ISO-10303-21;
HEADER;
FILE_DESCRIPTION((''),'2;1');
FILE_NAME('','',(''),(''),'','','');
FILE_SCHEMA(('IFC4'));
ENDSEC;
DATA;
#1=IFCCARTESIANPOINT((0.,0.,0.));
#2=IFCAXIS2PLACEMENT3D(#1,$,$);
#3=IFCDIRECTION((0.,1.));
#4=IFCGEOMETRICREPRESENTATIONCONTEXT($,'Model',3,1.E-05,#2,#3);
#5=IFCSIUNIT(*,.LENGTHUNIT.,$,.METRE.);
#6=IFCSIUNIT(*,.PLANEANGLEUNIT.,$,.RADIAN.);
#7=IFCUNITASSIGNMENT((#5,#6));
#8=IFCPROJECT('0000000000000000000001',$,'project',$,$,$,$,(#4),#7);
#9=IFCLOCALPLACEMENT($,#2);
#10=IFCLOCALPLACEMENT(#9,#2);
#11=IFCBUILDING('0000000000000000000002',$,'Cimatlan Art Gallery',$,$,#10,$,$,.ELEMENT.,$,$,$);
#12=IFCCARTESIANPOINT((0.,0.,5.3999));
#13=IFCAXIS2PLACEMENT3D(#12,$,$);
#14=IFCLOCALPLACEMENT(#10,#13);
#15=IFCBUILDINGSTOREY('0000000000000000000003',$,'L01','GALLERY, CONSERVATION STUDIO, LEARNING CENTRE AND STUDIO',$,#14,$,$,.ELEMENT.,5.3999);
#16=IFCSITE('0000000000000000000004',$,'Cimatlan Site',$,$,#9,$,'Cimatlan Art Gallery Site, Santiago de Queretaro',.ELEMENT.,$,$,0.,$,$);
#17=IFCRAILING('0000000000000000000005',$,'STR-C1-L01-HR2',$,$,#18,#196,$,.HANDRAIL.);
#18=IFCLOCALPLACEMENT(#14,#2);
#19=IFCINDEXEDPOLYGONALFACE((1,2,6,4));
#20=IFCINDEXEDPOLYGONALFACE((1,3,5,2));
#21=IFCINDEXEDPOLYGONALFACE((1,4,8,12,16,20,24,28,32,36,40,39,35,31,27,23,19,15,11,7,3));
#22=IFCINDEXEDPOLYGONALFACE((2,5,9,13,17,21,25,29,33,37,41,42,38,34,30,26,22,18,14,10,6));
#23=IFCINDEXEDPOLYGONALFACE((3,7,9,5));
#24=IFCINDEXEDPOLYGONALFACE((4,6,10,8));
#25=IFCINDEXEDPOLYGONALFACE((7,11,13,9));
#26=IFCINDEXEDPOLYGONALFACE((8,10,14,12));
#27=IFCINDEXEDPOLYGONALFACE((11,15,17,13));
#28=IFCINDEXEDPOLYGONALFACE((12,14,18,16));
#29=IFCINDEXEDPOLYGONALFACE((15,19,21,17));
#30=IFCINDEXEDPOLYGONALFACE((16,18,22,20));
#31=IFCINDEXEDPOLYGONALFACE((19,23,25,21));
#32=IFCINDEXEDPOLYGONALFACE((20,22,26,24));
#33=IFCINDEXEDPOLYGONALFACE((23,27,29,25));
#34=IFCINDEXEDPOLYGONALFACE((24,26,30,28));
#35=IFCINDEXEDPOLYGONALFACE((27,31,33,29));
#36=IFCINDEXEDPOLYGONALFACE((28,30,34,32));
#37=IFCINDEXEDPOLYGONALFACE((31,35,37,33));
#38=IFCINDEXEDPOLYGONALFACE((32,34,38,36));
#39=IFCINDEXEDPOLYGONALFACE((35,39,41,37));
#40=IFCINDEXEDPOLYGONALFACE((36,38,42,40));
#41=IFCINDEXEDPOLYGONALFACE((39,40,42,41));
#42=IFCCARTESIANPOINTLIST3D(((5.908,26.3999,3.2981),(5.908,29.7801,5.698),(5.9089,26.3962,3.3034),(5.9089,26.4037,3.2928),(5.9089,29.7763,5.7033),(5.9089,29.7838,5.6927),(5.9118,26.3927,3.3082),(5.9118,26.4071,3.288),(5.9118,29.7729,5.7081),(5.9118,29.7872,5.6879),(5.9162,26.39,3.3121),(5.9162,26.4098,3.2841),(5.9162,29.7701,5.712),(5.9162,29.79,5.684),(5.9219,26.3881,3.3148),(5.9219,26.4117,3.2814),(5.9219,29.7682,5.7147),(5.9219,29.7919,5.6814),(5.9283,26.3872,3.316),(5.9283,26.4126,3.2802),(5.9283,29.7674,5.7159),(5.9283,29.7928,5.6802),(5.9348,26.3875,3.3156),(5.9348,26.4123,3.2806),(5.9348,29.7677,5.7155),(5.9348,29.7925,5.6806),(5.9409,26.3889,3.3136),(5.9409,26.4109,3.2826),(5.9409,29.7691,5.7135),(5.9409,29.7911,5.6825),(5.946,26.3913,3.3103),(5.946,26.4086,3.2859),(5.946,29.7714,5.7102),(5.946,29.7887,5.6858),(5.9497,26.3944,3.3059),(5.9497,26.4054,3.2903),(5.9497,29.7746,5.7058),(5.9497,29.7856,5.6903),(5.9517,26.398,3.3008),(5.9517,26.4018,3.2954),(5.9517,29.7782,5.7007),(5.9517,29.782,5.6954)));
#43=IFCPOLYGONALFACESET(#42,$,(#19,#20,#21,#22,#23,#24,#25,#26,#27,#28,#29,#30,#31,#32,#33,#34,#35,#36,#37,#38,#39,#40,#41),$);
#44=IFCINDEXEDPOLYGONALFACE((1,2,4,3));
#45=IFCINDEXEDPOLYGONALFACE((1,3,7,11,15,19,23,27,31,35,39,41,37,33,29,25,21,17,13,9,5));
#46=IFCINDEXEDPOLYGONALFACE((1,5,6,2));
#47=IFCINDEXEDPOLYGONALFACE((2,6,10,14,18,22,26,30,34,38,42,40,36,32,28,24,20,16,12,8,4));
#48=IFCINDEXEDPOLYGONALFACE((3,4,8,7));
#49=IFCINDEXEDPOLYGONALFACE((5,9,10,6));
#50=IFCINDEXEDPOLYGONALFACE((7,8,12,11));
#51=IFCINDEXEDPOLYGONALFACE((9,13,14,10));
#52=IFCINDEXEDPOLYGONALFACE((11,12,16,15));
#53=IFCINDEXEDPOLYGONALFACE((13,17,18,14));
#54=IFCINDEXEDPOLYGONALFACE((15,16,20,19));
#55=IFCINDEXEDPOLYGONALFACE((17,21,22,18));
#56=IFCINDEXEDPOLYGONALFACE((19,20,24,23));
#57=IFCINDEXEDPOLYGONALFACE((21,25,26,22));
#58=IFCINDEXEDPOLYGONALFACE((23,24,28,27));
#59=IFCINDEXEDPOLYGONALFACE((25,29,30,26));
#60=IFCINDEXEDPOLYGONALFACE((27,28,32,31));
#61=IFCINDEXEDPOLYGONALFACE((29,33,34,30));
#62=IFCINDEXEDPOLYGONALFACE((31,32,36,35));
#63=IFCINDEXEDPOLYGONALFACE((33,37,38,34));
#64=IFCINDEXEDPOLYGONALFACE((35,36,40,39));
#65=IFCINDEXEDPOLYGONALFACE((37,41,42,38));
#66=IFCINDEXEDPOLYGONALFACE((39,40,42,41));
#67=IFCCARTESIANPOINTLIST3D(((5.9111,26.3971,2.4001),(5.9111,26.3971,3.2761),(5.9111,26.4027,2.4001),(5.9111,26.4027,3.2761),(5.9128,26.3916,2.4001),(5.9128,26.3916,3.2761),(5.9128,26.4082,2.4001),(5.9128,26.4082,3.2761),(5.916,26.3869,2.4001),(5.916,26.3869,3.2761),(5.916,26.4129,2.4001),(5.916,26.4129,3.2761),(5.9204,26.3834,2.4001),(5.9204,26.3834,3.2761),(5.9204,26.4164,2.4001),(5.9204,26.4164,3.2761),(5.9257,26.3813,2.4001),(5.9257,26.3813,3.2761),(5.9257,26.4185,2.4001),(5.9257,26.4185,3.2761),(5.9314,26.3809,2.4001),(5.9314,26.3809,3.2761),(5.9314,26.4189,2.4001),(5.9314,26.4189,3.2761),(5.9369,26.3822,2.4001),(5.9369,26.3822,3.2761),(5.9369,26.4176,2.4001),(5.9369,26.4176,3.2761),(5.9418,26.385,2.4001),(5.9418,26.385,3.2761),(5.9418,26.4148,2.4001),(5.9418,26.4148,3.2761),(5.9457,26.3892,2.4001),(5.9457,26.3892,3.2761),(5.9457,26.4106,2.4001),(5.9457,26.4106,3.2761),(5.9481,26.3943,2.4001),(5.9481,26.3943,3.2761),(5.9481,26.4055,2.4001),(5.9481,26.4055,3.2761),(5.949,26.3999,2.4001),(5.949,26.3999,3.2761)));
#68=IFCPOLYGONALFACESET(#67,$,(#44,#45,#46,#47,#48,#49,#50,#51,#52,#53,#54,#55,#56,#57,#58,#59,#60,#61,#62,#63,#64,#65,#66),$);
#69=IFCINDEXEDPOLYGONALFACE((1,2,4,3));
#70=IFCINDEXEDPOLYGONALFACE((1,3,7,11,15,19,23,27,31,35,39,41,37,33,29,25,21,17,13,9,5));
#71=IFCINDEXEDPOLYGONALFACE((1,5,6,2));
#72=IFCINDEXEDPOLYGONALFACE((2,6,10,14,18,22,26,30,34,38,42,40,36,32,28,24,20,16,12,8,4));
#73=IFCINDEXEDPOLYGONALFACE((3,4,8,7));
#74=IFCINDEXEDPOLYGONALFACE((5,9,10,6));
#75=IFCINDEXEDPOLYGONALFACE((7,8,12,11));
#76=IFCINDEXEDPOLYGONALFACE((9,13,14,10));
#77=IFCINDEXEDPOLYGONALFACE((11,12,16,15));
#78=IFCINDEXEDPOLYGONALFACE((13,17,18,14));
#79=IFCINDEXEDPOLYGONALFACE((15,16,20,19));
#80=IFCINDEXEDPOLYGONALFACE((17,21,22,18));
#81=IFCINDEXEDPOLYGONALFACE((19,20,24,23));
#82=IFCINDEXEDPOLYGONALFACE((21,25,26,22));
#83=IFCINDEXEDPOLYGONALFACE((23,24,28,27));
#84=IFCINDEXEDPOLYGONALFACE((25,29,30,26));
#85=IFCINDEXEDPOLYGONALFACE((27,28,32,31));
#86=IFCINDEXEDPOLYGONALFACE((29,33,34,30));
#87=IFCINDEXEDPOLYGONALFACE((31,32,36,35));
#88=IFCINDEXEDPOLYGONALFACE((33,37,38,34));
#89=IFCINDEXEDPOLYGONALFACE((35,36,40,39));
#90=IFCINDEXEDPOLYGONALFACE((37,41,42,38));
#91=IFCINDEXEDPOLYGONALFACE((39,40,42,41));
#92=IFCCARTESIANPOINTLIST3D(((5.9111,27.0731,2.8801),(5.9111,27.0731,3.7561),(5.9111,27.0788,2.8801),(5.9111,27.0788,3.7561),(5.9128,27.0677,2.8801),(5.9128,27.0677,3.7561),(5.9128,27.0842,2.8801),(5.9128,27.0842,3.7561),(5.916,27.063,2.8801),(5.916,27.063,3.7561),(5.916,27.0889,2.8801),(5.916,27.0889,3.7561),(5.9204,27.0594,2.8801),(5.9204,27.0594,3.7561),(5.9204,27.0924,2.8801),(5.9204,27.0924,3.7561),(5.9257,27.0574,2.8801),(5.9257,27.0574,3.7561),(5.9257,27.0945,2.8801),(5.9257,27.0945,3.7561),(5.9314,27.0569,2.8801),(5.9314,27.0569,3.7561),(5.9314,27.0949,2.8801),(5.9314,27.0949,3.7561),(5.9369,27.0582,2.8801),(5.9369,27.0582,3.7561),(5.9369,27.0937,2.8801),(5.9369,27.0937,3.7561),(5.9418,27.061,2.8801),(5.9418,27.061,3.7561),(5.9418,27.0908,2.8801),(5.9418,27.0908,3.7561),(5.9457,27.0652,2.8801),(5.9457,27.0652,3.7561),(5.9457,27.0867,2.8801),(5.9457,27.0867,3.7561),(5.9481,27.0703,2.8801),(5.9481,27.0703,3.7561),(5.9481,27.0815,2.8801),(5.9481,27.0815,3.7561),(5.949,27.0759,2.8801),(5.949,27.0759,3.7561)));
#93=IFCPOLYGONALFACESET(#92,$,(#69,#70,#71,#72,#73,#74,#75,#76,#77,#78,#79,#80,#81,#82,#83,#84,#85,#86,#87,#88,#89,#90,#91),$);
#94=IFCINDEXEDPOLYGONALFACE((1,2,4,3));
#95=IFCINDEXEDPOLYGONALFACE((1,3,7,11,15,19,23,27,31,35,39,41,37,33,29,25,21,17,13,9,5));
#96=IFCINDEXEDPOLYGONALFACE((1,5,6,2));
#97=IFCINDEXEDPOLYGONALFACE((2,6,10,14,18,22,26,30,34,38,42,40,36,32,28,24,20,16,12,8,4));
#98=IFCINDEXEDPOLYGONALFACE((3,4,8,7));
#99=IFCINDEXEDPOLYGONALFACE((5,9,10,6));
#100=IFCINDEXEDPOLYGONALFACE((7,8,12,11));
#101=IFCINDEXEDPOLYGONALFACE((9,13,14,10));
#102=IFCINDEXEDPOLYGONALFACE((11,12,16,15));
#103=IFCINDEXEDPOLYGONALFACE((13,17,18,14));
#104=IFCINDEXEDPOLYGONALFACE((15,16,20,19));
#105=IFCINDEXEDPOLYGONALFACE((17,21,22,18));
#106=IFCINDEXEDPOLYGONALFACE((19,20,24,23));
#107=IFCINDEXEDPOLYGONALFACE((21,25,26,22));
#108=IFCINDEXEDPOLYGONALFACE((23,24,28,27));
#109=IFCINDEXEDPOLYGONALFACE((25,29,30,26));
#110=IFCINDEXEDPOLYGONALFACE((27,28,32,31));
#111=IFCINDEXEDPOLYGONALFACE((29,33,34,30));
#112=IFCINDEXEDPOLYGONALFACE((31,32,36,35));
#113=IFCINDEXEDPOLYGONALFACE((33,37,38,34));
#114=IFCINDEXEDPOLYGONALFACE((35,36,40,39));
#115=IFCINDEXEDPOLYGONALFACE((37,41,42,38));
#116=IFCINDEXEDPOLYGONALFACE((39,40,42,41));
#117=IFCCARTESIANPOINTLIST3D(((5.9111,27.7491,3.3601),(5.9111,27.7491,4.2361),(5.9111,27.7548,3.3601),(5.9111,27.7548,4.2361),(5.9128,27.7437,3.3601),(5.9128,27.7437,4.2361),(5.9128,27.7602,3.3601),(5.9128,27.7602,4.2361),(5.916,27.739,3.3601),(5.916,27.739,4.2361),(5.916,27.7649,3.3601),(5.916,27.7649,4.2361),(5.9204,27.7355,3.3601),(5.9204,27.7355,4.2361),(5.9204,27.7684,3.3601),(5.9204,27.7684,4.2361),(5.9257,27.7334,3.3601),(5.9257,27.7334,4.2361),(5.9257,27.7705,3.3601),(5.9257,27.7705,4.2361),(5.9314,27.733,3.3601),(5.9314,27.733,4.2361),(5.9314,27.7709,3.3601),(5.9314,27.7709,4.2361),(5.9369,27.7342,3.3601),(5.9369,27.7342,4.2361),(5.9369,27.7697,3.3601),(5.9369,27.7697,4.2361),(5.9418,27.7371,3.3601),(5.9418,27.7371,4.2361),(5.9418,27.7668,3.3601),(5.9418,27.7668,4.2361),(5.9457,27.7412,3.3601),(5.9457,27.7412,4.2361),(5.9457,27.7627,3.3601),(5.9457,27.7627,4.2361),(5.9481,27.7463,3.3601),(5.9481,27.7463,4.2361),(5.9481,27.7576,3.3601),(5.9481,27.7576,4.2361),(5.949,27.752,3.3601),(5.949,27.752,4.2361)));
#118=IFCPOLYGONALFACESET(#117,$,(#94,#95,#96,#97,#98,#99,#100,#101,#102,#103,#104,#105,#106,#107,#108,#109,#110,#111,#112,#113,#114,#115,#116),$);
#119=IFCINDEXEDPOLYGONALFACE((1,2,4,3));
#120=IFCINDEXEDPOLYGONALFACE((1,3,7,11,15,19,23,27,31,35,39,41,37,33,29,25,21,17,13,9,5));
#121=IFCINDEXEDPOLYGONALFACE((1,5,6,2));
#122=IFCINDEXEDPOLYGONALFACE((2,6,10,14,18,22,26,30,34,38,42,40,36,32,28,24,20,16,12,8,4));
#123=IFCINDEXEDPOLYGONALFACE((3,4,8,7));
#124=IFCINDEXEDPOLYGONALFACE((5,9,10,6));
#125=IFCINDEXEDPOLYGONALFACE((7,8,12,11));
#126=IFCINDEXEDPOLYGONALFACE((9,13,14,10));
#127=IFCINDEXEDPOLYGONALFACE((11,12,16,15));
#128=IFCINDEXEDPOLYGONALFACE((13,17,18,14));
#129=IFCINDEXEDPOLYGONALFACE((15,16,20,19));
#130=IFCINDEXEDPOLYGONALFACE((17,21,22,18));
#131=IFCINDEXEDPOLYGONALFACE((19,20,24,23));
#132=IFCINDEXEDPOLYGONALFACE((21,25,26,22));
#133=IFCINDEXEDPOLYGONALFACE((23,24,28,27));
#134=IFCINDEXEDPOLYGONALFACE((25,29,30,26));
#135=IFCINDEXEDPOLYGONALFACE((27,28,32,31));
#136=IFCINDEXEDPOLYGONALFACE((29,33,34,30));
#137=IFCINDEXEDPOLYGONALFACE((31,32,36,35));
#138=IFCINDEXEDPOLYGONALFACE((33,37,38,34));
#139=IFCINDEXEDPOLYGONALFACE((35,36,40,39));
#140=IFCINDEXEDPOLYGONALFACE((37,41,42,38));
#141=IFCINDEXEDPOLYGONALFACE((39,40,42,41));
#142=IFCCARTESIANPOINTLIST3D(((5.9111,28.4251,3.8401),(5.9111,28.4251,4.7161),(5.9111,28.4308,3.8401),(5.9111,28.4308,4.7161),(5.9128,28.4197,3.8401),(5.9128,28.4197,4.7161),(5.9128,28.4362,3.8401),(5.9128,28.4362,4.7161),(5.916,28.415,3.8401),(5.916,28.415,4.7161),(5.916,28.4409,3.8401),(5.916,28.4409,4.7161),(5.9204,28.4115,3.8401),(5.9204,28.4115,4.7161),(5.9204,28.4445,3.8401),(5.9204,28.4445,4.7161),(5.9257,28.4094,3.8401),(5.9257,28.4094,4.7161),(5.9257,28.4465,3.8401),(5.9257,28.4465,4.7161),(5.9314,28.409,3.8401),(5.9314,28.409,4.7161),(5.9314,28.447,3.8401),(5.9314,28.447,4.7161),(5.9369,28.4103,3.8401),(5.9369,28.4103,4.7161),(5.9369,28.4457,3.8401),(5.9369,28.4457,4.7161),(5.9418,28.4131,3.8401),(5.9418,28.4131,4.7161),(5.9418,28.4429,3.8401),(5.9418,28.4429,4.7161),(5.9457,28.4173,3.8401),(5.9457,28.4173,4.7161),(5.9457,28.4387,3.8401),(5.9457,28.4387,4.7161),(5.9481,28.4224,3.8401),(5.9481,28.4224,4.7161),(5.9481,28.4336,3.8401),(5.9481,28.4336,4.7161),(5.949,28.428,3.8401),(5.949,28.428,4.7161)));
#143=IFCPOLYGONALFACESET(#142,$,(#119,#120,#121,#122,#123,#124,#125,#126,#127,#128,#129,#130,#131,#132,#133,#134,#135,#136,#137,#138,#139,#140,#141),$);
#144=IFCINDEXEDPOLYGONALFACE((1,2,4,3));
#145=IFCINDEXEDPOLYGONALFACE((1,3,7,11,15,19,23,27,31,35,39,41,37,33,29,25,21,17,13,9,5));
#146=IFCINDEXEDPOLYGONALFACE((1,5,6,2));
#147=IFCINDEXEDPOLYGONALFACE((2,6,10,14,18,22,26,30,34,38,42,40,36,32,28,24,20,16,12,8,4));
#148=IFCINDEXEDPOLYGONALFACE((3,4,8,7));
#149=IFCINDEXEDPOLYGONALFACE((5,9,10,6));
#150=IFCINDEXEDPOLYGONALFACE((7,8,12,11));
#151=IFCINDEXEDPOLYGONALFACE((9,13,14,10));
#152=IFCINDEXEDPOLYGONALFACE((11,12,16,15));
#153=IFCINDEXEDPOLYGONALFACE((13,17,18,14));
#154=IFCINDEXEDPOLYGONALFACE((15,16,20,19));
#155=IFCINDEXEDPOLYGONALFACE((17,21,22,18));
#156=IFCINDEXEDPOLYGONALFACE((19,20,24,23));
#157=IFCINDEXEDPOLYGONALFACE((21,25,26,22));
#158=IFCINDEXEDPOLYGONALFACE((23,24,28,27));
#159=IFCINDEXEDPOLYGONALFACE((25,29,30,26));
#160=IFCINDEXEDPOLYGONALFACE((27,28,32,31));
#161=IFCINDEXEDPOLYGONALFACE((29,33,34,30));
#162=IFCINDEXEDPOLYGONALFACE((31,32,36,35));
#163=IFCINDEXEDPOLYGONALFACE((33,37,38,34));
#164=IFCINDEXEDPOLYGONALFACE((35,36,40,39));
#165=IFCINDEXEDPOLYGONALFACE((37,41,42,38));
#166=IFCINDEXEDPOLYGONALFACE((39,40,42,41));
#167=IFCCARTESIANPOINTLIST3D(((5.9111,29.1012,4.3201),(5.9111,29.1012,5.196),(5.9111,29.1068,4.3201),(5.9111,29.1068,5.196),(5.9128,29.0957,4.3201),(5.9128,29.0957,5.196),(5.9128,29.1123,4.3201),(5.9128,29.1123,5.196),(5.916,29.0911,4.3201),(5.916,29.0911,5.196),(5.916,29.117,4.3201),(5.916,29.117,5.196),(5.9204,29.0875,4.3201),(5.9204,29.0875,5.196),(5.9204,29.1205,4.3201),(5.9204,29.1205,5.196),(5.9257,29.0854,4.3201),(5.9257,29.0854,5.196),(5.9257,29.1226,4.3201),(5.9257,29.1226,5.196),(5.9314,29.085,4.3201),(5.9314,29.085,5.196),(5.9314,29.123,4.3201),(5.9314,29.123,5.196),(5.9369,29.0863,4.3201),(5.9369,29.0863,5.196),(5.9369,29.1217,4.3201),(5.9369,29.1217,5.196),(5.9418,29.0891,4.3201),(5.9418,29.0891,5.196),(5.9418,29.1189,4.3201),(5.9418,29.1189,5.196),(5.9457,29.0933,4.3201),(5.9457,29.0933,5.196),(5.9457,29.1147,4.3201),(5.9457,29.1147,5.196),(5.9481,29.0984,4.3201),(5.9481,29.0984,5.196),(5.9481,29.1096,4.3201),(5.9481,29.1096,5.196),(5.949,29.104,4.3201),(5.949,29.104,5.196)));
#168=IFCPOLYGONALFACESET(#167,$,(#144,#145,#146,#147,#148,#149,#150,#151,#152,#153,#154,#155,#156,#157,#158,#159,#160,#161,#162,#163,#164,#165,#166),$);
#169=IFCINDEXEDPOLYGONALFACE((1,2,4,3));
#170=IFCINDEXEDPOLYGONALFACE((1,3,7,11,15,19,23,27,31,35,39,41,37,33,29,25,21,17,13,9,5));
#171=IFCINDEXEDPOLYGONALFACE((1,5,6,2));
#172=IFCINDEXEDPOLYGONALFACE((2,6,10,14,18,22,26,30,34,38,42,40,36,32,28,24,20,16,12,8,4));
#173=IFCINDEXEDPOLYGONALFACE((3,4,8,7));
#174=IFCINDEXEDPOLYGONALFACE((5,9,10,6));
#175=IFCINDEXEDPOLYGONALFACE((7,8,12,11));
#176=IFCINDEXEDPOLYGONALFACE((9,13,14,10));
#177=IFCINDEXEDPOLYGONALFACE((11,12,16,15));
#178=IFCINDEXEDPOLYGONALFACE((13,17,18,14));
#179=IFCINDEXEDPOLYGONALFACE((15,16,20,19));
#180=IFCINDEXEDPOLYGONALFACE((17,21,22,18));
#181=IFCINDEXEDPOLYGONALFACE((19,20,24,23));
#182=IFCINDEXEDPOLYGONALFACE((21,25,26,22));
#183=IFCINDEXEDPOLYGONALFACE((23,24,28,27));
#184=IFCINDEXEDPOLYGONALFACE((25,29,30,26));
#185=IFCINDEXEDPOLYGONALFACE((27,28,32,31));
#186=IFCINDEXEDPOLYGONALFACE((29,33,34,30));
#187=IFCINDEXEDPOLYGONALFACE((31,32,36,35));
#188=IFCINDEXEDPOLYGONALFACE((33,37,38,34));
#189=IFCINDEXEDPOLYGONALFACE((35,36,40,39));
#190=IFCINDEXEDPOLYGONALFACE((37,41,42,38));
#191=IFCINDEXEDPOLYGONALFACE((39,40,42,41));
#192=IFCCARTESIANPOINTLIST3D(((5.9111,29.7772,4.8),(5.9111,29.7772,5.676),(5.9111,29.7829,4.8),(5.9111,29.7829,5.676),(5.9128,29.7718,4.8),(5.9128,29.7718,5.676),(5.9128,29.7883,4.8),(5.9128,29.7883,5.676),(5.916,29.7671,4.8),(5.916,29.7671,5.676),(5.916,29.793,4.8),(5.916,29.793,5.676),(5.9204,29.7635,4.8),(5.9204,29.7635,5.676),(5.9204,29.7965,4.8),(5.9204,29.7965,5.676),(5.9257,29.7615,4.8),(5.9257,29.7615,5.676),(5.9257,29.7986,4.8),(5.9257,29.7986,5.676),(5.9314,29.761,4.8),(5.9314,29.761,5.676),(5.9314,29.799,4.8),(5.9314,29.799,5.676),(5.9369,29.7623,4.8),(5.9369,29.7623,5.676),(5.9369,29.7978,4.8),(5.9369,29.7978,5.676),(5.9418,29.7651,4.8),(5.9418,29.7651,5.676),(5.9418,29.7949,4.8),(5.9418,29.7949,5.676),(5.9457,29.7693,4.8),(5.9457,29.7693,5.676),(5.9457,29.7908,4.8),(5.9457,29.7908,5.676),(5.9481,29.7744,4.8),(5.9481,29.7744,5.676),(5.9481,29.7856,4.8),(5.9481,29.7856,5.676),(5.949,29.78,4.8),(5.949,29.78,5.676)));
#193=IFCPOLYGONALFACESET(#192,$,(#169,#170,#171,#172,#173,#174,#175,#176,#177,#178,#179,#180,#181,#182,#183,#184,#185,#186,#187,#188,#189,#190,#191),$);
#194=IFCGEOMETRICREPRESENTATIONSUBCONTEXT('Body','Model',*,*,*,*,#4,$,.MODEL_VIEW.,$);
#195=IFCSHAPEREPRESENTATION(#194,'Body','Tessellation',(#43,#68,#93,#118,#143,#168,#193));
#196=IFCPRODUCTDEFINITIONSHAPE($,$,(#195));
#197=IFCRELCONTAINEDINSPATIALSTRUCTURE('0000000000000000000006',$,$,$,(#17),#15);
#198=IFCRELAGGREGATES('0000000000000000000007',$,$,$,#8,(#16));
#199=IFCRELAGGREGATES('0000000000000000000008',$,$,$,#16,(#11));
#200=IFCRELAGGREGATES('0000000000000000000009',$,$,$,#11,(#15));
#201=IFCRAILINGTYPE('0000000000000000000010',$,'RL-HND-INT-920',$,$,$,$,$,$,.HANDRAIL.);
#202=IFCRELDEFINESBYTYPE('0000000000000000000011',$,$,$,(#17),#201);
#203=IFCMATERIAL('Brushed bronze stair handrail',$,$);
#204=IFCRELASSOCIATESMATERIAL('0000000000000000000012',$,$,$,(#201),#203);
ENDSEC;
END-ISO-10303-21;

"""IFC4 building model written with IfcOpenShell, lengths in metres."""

from ifc_helpers import new_model, si_unit, direction, frame, origin, origin_2d, place, context, subcontext, project, spatial, circle, extrude, material, type_object, element, save


model = new_model("IFC4")

# Units and contexts
model_context = context("Model", 3, precision=1e-05, world=origin(), true_north=direction((0.0, 1.0)))
body_context = subcontext(model_context, "Body", "Model", "MODEL_VIEW")
ifc_project = project(units=[si_unit("LENGTHUNIT", "METRE"), si_unit("PLANEANGLEUNIT", "RADIAN")], contexts=[model_context])

# Site, building, storey
site_placement = place(None, origin())
site = spatial("IfcSite", under=ifc_project, at=site_placement, Name="Cimatlan Site", LongName="Cimatlan Art Gallery Site, Santiago de Queretaro", CompositionType="ELEMENT", RefElevation=0.0)
building_placement = place(site_placement, origin())
building = spatial("IfcBuilding", under=site, at=building_placement, Name="Cimatlan Art Gallery", CompositionType="ELEMENT")
storey_placement = place(building_placement, frame((0.0, 0.0, 5.3999)))
storey = spatial("IfcBuildingStorey", under=building, at=storey_placement, Name="L01", Description="GALLERY, CONSERVATION STUDIO, LEARNING CENTRE AND STUDIO", CompositionType="ELEMENT", Elevation=5.3999)

# Railing
ifc_material_1 = material(Name="Brushed bronze stair handrail")
railing_type_1 = type_object("IfcRailingType", Name="RL-HND-INT-920", PredefinedType="HANDRAIL", material=ifc_material_1)
railing_1_placement = place(storey_placement, frame((5.9299, 26.3999, 2.4001)))
element("IfcRailing", 1, at=railing_1_placement, inside=storey, type_object=railing_type_1, Name="STR-C1-L01-HR2", PredefinedType="HANDRAIL", context=body_context, shape_type="SweptSolid", body=[
    extrude(circle(Radius=0.022, at=origin_2d()), frame((0.0, 0.0, 0.8979), z_axis=(0.0, 0.815382, 0.578924), x_axis=(-1.0, 0.0, 0.0)), (0.0, 0.0, 1.0), 4.1455),
    extrude(circle(Radius=0.019, at=origin_2d()), origin(), (0.0, 0.0, 1.0), 0.876),
    extrude(circle(Radius=0.019, at=origin_2d()), frame((0.0, 0.676, 0.48)), (0.0, 0.0, 1.0), 0.876),
    extrude(circle(Radius=0.019, at=origin_2d()), frame((0.0, 1.3521, 0.96)), (0.0, 0.0, 1.0), 0.876),
    extrude(circle(Radius=0.019, at=origin_2d()), frame((0.0, 2.0281, 1.4399)), (0.0, 0.0, 1.0), 0.876),
    extrude(circle(Radius=0.019, at=origin_2d()), frame((0.0, 2.7041, 1.9199)), (0.0, 0.0, 1.0), 0.876),
    extrude(circle(Radius=0.019, at=origin_2d()), frame((0.0, 3.3801, 2.3999)), (0.0, 0.0, 1.0), 0.876),
])

save(model, "model.ifc")
